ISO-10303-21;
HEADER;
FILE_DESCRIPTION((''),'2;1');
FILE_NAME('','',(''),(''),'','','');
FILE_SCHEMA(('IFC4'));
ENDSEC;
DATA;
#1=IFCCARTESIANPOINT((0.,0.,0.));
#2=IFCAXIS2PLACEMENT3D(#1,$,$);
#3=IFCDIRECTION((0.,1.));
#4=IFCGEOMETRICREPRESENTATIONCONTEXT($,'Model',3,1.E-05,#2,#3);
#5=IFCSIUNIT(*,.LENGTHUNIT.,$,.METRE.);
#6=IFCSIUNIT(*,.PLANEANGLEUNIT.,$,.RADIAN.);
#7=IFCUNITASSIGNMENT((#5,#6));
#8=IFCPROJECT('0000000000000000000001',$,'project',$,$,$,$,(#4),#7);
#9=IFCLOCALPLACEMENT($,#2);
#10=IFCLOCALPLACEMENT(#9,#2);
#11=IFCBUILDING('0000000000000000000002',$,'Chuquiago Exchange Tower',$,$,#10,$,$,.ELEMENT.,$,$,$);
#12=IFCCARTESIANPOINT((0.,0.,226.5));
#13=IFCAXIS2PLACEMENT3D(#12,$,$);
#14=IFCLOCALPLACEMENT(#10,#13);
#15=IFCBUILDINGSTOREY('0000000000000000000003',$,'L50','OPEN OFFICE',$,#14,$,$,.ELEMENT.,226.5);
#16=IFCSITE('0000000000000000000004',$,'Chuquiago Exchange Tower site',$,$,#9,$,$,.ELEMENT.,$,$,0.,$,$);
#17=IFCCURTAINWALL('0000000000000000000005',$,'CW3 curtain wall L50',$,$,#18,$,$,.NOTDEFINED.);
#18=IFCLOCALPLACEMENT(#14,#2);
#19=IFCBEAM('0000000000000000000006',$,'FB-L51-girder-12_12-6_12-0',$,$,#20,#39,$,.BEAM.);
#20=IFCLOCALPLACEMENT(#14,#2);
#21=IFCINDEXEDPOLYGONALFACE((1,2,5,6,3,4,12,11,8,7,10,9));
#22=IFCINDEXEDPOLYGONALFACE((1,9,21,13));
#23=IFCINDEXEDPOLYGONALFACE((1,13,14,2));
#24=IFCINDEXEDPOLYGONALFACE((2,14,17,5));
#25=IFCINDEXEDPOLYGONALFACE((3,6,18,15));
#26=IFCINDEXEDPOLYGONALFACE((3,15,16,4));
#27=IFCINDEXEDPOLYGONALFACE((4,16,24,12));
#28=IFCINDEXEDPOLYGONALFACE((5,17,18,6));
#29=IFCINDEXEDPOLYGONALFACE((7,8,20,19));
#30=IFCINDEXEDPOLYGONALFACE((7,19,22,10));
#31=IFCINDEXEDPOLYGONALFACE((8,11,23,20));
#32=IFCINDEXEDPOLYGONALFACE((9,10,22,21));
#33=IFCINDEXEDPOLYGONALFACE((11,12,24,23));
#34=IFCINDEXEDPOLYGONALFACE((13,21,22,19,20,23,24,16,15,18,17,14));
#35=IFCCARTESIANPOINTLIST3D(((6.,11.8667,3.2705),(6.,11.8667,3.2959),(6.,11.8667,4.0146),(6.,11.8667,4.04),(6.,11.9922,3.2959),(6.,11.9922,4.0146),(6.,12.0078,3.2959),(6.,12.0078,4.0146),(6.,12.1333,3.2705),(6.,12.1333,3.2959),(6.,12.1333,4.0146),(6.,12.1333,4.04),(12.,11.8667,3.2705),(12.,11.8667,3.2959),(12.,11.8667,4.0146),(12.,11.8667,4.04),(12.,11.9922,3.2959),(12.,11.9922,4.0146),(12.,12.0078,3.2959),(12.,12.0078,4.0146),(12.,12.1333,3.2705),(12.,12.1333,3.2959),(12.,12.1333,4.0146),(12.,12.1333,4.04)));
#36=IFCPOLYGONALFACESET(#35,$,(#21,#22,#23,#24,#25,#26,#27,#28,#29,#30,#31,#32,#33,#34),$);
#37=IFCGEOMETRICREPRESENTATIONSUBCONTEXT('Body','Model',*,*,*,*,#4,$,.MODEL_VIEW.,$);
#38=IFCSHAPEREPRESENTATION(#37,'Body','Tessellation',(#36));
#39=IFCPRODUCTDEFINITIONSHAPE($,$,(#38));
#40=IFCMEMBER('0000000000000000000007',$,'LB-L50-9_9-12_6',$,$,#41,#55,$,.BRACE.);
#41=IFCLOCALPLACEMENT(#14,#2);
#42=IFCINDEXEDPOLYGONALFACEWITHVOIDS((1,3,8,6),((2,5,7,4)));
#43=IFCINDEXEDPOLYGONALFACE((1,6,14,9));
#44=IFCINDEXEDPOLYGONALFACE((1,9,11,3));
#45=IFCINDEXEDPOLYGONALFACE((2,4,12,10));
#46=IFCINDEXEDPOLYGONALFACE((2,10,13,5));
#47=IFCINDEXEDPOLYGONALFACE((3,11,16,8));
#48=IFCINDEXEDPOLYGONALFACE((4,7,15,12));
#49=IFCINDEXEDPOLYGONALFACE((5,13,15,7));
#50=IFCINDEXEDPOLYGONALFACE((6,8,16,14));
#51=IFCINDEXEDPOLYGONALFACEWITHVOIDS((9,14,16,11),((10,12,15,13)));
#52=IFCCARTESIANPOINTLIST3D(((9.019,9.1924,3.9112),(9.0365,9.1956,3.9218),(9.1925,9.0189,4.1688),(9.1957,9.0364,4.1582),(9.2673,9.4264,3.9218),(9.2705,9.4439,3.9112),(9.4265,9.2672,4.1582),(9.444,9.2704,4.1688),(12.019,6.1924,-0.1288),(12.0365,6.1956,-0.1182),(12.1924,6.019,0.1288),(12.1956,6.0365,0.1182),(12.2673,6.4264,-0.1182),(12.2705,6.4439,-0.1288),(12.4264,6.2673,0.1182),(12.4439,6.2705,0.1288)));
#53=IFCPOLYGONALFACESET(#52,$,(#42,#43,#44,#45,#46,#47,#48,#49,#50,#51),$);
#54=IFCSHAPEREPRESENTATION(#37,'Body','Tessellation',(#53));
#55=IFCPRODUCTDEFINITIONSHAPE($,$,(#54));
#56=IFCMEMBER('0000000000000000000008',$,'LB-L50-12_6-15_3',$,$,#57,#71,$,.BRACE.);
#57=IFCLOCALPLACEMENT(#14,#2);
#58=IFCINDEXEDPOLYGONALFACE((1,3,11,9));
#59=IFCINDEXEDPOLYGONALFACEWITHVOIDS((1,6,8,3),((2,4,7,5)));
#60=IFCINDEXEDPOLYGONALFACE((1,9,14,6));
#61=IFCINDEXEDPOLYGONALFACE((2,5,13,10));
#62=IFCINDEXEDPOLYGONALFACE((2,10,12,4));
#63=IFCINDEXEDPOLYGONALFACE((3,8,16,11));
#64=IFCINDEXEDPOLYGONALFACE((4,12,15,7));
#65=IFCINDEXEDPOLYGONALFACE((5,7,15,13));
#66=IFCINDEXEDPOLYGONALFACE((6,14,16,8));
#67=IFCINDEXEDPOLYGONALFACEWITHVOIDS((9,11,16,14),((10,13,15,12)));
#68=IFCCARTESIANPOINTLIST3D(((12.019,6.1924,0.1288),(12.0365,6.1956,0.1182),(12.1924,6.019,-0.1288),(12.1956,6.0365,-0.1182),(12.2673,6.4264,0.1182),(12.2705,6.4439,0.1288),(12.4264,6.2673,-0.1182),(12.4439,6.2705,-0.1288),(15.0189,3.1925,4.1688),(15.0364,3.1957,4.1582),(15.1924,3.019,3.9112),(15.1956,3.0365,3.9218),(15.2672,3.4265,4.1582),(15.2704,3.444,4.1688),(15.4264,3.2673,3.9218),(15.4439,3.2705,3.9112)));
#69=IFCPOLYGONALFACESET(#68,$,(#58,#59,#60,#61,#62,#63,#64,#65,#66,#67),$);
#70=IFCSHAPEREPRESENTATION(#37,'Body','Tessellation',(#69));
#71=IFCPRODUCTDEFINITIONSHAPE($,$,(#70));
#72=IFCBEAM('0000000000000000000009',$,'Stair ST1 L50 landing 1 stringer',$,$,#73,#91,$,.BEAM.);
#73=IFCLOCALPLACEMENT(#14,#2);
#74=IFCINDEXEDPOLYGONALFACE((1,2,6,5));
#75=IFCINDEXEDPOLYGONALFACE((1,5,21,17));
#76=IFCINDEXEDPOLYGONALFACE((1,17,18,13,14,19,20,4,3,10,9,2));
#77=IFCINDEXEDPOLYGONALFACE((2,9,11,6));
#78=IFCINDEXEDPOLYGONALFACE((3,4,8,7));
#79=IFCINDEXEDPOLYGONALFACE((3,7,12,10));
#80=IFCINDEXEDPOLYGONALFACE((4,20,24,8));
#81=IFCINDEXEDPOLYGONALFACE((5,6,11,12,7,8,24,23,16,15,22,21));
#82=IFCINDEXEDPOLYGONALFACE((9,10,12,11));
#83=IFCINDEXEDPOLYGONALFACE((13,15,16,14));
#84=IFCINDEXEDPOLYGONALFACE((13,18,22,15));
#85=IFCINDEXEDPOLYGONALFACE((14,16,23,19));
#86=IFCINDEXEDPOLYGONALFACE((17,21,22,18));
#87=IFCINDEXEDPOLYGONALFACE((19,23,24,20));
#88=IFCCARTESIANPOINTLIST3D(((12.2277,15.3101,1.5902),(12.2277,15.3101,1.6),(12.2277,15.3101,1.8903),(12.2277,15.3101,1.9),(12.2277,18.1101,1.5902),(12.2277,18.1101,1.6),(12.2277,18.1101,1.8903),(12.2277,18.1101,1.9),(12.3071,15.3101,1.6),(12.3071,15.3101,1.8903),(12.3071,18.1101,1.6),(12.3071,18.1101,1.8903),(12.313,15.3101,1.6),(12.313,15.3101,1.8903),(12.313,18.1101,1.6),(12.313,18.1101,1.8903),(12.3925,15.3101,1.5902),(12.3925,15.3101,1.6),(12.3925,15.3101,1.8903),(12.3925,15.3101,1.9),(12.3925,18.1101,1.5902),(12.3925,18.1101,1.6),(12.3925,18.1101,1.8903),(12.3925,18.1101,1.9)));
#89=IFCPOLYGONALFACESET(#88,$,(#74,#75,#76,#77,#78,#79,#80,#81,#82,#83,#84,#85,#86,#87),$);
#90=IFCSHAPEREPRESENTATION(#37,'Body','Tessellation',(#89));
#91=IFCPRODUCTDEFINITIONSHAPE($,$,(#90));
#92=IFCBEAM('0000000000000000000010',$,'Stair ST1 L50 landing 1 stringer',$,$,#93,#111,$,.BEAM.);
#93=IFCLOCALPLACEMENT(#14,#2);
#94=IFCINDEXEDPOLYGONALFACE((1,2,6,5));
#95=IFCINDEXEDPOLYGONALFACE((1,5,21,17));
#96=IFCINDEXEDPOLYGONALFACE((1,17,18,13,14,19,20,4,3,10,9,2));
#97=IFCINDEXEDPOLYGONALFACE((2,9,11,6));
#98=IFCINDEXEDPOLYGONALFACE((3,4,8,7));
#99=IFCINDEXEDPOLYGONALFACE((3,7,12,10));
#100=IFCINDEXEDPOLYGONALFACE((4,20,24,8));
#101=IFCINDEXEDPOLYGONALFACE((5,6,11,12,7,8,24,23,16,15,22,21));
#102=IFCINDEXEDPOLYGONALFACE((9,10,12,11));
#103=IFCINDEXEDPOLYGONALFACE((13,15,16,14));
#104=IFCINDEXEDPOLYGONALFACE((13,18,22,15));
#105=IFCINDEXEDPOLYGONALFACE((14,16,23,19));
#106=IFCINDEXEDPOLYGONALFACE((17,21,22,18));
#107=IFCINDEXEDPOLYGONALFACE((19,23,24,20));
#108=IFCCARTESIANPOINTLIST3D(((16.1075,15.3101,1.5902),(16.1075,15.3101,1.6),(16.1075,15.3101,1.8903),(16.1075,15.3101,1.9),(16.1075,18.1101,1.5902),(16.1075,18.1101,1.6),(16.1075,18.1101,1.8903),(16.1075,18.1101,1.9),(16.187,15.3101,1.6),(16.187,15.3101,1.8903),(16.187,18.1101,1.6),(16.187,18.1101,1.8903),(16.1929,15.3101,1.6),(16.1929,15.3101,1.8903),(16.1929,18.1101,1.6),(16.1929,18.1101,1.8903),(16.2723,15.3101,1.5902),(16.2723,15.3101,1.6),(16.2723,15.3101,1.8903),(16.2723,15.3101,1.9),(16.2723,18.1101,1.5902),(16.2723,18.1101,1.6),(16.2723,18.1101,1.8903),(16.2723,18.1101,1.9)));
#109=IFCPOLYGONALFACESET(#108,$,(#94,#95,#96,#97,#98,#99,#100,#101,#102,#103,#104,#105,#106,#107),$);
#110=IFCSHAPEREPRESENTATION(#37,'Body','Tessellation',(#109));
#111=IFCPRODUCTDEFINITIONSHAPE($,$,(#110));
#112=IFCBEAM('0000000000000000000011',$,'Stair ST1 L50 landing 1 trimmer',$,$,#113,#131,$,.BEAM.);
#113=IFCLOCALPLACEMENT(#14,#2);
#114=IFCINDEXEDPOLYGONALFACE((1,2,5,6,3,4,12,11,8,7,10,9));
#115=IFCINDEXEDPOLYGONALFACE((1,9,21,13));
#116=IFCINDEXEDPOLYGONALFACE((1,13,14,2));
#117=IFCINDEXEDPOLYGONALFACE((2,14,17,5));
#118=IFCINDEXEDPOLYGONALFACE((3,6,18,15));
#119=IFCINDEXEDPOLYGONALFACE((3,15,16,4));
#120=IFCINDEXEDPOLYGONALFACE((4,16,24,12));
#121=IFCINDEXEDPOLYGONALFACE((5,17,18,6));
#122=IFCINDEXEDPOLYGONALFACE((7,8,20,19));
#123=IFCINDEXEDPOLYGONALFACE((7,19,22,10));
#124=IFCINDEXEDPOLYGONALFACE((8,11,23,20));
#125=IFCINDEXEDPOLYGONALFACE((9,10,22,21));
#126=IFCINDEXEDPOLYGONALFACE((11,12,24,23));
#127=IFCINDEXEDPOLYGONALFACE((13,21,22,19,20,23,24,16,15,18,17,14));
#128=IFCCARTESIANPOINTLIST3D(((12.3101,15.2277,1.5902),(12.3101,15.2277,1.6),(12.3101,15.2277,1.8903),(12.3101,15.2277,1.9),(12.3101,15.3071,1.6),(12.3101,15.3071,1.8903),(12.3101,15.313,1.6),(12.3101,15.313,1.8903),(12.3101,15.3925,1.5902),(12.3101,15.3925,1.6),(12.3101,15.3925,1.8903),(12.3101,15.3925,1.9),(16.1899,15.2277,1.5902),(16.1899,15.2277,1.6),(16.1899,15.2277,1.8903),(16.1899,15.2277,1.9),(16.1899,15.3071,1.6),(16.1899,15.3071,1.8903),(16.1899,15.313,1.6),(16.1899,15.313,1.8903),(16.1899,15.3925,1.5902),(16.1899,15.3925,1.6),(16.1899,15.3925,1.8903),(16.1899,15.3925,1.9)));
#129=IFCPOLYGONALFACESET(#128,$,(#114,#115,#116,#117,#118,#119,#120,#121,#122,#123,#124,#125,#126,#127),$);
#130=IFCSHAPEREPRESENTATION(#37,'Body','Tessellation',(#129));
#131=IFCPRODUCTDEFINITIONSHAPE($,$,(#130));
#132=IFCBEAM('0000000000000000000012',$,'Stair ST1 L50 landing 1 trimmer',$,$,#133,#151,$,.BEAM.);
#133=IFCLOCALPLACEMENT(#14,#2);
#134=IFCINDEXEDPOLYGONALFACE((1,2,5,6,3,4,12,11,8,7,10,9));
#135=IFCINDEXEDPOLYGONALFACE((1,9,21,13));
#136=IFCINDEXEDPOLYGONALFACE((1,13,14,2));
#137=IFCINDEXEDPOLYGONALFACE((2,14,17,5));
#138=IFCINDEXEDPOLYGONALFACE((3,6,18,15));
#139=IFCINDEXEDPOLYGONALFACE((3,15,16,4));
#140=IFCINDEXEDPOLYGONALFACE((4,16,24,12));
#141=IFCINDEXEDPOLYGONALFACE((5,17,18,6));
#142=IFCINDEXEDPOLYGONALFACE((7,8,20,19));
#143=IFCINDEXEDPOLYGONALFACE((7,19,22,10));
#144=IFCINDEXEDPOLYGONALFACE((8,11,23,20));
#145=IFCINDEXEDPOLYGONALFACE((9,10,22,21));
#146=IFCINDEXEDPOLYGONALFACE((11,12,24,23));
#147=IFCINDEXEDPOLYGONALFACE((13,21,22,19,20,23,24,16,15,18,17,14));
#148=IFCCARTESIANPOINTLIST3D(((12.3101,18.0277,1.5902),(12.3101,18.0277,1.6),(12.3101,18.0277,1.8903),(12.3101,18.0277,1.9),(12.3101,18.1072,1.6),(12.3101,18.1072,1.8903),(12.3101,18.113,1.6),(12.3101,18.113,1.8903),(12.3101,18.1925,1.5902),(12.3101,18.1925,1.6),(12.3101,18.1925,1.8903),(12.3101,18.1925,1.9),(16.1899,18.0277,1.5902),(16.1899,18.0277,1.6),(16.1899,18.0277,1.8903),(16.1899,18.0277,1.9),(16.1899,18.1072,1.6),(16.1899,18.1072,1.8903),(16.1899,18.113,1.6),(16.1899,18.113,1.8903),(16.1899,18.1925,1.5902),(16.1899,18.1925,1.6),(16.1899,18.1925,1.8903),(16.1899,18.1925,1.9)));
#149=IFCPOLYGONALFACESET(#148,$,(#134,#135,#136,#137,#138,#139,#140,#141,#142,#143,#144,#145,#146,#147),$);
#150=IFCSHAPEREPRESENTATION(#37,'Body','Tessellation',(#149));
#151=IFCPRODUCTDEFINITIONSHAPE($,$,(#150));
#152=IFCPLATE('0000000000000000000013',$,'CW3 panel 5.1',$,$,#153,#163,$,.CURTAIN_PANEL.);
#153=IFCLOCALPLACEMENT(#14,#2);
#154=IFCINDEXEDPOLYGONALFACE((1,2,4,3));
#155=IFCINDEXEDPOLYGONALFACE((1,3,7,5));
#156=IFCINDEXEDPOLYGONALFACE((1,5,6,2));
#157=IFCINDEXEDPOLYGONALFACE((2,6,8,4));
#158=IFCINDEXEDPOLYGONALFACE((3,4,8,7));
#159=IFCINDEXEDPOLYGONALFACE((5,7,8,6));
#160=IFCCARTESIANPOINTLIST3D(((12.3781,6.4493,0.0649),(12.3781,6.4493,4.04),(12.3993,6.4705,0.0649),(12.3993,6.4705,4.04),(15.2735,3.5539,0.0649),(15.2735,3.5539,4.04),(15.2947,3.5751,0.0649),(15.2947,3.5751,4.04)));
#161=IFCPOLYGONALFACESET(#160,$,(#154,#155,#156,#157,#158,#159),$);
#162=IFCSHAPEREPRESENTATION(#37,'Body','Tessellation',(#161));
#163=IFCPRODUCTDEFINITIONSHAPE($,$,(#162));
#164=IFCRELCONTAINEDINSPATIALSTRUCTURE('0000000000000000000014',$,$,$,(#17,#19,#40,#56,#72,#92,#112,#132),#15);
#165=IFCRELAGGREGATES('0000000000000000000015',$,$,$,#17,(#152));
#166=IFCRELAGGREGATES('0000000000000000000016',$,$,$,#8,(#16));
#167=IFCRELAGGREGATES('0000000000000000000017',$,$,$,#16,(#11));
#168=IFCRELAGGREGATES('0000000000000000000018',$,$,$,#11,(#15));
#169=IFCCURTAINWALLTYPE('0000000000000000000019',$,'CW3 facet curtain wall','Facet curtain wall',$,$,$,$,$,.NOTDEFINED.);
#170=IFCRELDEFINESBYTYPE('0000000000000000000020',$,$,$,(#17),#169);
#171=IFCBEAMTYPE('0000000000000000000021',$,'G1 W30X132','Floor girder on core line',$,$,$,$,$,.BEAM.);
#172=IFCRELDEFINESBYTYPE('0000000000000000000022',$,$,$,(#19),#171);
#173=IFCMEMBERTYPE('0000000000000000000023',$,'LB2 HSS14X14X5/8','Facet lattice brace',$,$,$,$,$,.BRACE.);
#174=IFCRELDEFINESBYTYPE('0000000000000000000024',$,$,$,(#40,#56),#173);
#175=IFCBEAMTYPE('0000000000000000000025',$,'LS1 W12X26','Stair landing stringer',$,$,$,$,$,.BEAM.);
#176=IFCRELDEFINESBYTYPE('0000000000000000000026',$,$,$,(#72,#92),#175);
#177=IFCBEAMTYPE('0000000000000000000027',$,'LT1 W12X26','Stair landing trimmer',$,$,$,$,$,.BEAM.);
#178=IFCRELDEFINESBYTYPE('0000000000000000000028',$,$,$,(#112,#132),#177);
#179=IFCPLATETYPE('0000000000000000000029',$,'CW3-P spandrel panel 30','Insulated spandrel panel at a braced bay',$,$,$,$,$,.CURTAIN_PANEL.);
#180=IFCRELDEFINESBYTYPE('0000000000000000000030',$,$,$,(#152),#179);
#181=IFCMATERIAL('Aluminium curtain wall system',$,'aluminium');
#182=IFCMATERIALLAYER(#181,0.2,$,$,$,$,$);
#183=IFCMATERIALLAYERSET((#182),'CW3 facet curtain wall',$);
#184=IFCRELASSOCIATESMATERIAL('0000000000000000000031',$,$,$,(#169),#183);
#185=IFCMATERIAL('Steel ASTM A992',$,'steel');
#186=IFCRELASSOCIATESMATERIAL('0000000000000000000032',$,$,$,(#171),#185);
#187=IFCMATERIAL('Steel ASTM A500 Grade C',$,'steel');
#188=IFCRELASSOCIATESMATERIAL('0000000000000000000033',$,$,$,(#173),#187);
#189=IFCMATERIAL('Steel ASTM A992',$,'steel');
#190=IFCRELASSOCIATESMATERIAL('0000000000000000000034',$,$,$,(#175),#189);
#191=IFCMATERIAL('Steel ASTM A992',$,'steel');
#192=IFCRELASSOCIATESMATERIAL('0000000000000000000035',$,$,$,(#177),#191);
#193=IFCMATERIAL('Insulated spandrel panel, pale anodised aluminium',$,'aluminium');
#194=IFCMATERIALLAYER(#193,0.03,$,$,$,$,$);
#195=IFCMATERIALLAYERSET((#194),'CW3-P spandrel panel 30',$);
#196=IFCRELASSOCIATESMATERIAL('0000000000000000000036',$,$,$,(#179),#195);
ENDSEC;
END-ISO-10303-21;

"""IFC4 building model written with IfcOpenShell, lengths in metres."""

from ifc_helpers import new_model, si_unit, direction, frame, origin, origin_2d, place, context, subcontext, project, spatial, rectangle, hollow_rectangle, i_section, extrude, material, layer, layer_set, material_profile, profile_set, type_object, element, aggregate, save


model = new_model("IFC4")

# Units and contexts
model_context = context("Model", 3, precision=1e-05, world=origin(), true_north=direction((0.0, 1.0)))
body_context = subcontext(model_context, "Body", "Model", "MODEL_VIEW")
ifc_project = project(units=[si_unit("LENGTHUNIT", "METRE"), si_unit("PLANEANGLEUNIT", "RADIAN")], contexts=[model_context])

# Site, building, storey
site_placement = place(None, origin())
site = spatial("IfcSite", under=ifc_project, at=site_placement, Name="Chuquiago Exchange Tower site", CompositionType="ELEMENT", RefElevation=0.0)
building_placement = place(site_placement, origin())
building = spatial("IfcBuilding", under=site, at=building_placement, Name="Chuquiago Exchange Tower", CompositionType="ELEMENT")
storey_placement = place(building_placement, frame((0.0, 0.0, 226.5)))
storey = spatial("IfcBuildingStorey", under=building, at=storey_placement, Name="L50", Description="OPEN OFFICE", CompositionType="ELEMENT", Elevation=226.5)

# Curtain wall
ifc_material_1 = material(Name="Aluminium curtain wall system", Category="aluminium")
ifc_layer_1 = layer(ifc_material_1, 0.2)
ifc_layer_set_1 = layer_set([ifc_layer_1], Name="CW3 facet curtain wall")
curtain_wall_type = type_object("IfcCurtainWallType", Name="CW3 facet curtain wall", Description="Facet curtain wall", PredefinedType="NOTDEFINED", material=ifc_layer_set_1)
curtain_wall_placement = place(storey_placement, origin())
curtain_wall = element("IfcCurtainWall", 1, at=curtain_wall_placement, inside=storey, type_object=curtain_wall_type, Name="CW3 curtain wall L50", PredefinedType="NOTDEFINED")

# Beam
ifc_material_2 = material(Name="Steel ASTM A992", Category="steel")
ifc_material_profile_1 = material_profile(ifc_material_2, i_section(OverallWidth=0.2666, OverallDepth=0.7695, WebThickness=0.0156, FlangeThickness=0.0254, at=origin_2d()), Name="W30X132")
ifc_profile_set_1 = profile_set([ifc_material_profile_1], Name="Steel ASTM A992")
beam_type_1 = type_object("IfcBeamType", Name="G1 W30X132", Description="Floor girder on core line", PredefinedType="BEAM", material=ifc_profile_set_1)
for number, where, z_axis, x_axis, name in (
    (2, (12.0, 12.0, 3.6553), (-1.0, 0.0, 0.0), (0.0, -1.0, 0.0), "FB-L51-girder-12_12-6_12-0"),
):
    element("IfcBeam", number, at=place(storey_placement, frame(where, z_axis=z_axis, x_axis=x_axis)), inside=storey, type_object=beam_type_1, Name=name, PredefinedType="BEAM", context=body_context, shape_type="SweptSolid", body=[
        extrude(i_section(OverallWidth=0.2666, OverallDepth=0.7695, WebThickness=0.0156, FlangeThickness=0.0254, at=origin_2d()), origin(), (0.0, 0.0, 1.0), 6.0),
    ])

# Members
ifc_material_3 = material(Name="Steel ASTM A500 Grade C", Category="steel")
ifc_material_profile_2 = material_profile(ifc_material_3, hollow_rectangle(XDim=0.3557, YDim=0.3557, WallThickness=0.0146, at=origin_2d()), Name="HSS14X14X5/8")
ifc_profile_set_2 = profile_set([ifc_material_profile_2], Name="Steel ASTM A500 Grade C")
member_type_1 = type_object("IfcMemberType", Name="LB2 HSS14X14X5/8", Description="Facet lattice brace", PredefinedType="BRACE", material=ifc_profile_set_2)
for number, where, z_axis, x_axis, name in (
    (3, (12.2314, 6.2314, 0.0), (-0.512077, 0.512077, 0.689604), (-0.707107, -0.707107, 0.0), "LB-L50-9_9-12_6"),
    (4, (12.2314, 6.2314, 0.0), (0.512077, -0.512077, 0.689604), (0.707107, 0.707107, 0.0), "LB-L50-12_6-15_3"),
):
    element("IfcMember", number, at=place(storey_placement, frame(where, z_axis=z_axis, x_axis=x_axis)), inside=storey, type_object=member_type_1, Name=name, PredefinedType="BRACE", context=body_context, shape_type="SweptSolid", body=[
        extrude(hollow_rectangle(XDim=0.3557, YDim=0.3557, WallThickness=0.0146, at=origin_2d()), origin(), (0.0, 0.0, 1.0), 5.8584),
    ])

# Beams
ifc_material_4 = material(Name="Steel ASTM A992", Category="steel")
ifc_material_profile_3 = material_profile(ifc_material_4, i_section(OverallWidth=0.1648, OverallDepth=0.3098, WebThickness=0.0059, FlangeThickness=0.0098, at=origin_2d()), Name="W12X26")
ifc_profile_set_3 = profile_set([ifc_material_profile_3], Name="Steel ASTM A992")
beam_type_2 = type_object("IfcBeamType", Name="LS1 W12X26", Description="Stair landing stringer", PredefinedType="BEAM", material=ifc_profile_set_3)
for number, where, z_axis, x_axis, name in (
    (5, (12.3101, 15.3101, 1.7451), (0.0, 1.0, 0.0), (-1.0, 0.0, 0.0), "Stair ST1 L50 landing 1 stringer"),
    (6, (16.1899, 15.3101, 1.7451), (0.0, 1.0, 0.0), (-1.0, 0.0, 0.0), "Stair ST1 L50 landing 1 stringer"),
):
    element("IfcBeam", number, at=place(storey_placement, frame(where, z_axis=z_axis, x_axis=x_axis)), inside=storey, type_object=beam_type_2, Name=name, PredefinedType="BEAM", context=body_context, shape_type="SweptSolid", body=[
        extrude(i_section(OverallWidth=0.1648, OverallDepth=0.3098, WebThickness=0.0059, FlangeThickness=0.0098, at=origin_2d()), origin(), (0.0, 0.0, 1.0), 2.8),
    ])
ifc_material_5 = material(Name="Steel ASTM A992", Category="steel")
ifc_material_profile_4 = material_profile(ifc_material_5, i_section(OverallWidth=0.1648, OverallDepth=0.3098, WebThickness=0.0059, FlangeThickness=0.0098, at=origin_2d()), Name="W12X26")
ifc_profile_set_4 = profile_set([ifc_material_profile_4], Name="Steel ASTM A992")
beam_type_3 = type_object("IfcBeamType", Name="LT1 W12X26", Description="Stair landing trimmer", PredefinedType="BEAM", material=ifc_profile_set_4)
for number, where, z_axis, x_axis, name in (
    (7, (12.3101, 15.3101, 1.7451), (1.0, 0.0, 0.0), (0.0, 1.0, 0.0), "Stair ST1 L50 landing 1 trimmer"),
    (8, (12.3101, 18.1101, 1.7451), (1.0, 0.0, 0.0), (0.0, 1.0, 0.0), "Stair ST1 L50 landing 1 trimmer"),
):
    element("IfcBeam", number, at=place(storey_placement, frame(where, z_axis=z_axis, x_axis=x_axis)), inside=storey, type_object=beam_type_3, Name=name, PredefinedType="BEAM", context=body_context, shape_type="SweptSolid", body=[
        extrude(i_section(OverallWidth=0.1648, OverallDepth=0.3098, WebThickness=0.0059, FlangeThickness=0.0098, at=origin_2d()), origin(), (0.0, 0.0, 1.0), 3.8799),
    ])

# Plate
ifc_material_6 = material(Name="Insulated spandrel panel, pale anodised aluminium", Category="aluminium")
ifc_layer_2 = layer(ifc_material_6, 0.03)
ifc_layer_set_2 = layer_set([ifc_layer_2], Name="CW3-P spandrel panel 30")
plate_type = type_object("IfcPlateType", Name="CW3-P spandrel panel 30", Description="Insulated spandrel panel at a braced bay", PredefinedType="CURTAIN_PANEL", material=ifc_layer_set_2)
plate_placement = place(storey_placement, frame((13.8364, 5.0122, 0.0649), z_axis=(0.0, 0.0, 1.0), x_axis=(0.707107, -0.707107, 0.0)))
plate = element("IfcPlate", 9, at=plate_placement, type_object=plate_type, Name="CW3 panel 5.1", PredefinedType="CURTAIN_PANEL", context=body_context, shape_type="SweptSolid", body=[
    extrude(rectangle(XDim=4.0947, YDim=0.03, at=origin_2d()), origin(), (0.0, 0.0, 1.0), 3.9751),
])
aggregate(curtain_wall, [plate])

save(model, "model.ifc")
